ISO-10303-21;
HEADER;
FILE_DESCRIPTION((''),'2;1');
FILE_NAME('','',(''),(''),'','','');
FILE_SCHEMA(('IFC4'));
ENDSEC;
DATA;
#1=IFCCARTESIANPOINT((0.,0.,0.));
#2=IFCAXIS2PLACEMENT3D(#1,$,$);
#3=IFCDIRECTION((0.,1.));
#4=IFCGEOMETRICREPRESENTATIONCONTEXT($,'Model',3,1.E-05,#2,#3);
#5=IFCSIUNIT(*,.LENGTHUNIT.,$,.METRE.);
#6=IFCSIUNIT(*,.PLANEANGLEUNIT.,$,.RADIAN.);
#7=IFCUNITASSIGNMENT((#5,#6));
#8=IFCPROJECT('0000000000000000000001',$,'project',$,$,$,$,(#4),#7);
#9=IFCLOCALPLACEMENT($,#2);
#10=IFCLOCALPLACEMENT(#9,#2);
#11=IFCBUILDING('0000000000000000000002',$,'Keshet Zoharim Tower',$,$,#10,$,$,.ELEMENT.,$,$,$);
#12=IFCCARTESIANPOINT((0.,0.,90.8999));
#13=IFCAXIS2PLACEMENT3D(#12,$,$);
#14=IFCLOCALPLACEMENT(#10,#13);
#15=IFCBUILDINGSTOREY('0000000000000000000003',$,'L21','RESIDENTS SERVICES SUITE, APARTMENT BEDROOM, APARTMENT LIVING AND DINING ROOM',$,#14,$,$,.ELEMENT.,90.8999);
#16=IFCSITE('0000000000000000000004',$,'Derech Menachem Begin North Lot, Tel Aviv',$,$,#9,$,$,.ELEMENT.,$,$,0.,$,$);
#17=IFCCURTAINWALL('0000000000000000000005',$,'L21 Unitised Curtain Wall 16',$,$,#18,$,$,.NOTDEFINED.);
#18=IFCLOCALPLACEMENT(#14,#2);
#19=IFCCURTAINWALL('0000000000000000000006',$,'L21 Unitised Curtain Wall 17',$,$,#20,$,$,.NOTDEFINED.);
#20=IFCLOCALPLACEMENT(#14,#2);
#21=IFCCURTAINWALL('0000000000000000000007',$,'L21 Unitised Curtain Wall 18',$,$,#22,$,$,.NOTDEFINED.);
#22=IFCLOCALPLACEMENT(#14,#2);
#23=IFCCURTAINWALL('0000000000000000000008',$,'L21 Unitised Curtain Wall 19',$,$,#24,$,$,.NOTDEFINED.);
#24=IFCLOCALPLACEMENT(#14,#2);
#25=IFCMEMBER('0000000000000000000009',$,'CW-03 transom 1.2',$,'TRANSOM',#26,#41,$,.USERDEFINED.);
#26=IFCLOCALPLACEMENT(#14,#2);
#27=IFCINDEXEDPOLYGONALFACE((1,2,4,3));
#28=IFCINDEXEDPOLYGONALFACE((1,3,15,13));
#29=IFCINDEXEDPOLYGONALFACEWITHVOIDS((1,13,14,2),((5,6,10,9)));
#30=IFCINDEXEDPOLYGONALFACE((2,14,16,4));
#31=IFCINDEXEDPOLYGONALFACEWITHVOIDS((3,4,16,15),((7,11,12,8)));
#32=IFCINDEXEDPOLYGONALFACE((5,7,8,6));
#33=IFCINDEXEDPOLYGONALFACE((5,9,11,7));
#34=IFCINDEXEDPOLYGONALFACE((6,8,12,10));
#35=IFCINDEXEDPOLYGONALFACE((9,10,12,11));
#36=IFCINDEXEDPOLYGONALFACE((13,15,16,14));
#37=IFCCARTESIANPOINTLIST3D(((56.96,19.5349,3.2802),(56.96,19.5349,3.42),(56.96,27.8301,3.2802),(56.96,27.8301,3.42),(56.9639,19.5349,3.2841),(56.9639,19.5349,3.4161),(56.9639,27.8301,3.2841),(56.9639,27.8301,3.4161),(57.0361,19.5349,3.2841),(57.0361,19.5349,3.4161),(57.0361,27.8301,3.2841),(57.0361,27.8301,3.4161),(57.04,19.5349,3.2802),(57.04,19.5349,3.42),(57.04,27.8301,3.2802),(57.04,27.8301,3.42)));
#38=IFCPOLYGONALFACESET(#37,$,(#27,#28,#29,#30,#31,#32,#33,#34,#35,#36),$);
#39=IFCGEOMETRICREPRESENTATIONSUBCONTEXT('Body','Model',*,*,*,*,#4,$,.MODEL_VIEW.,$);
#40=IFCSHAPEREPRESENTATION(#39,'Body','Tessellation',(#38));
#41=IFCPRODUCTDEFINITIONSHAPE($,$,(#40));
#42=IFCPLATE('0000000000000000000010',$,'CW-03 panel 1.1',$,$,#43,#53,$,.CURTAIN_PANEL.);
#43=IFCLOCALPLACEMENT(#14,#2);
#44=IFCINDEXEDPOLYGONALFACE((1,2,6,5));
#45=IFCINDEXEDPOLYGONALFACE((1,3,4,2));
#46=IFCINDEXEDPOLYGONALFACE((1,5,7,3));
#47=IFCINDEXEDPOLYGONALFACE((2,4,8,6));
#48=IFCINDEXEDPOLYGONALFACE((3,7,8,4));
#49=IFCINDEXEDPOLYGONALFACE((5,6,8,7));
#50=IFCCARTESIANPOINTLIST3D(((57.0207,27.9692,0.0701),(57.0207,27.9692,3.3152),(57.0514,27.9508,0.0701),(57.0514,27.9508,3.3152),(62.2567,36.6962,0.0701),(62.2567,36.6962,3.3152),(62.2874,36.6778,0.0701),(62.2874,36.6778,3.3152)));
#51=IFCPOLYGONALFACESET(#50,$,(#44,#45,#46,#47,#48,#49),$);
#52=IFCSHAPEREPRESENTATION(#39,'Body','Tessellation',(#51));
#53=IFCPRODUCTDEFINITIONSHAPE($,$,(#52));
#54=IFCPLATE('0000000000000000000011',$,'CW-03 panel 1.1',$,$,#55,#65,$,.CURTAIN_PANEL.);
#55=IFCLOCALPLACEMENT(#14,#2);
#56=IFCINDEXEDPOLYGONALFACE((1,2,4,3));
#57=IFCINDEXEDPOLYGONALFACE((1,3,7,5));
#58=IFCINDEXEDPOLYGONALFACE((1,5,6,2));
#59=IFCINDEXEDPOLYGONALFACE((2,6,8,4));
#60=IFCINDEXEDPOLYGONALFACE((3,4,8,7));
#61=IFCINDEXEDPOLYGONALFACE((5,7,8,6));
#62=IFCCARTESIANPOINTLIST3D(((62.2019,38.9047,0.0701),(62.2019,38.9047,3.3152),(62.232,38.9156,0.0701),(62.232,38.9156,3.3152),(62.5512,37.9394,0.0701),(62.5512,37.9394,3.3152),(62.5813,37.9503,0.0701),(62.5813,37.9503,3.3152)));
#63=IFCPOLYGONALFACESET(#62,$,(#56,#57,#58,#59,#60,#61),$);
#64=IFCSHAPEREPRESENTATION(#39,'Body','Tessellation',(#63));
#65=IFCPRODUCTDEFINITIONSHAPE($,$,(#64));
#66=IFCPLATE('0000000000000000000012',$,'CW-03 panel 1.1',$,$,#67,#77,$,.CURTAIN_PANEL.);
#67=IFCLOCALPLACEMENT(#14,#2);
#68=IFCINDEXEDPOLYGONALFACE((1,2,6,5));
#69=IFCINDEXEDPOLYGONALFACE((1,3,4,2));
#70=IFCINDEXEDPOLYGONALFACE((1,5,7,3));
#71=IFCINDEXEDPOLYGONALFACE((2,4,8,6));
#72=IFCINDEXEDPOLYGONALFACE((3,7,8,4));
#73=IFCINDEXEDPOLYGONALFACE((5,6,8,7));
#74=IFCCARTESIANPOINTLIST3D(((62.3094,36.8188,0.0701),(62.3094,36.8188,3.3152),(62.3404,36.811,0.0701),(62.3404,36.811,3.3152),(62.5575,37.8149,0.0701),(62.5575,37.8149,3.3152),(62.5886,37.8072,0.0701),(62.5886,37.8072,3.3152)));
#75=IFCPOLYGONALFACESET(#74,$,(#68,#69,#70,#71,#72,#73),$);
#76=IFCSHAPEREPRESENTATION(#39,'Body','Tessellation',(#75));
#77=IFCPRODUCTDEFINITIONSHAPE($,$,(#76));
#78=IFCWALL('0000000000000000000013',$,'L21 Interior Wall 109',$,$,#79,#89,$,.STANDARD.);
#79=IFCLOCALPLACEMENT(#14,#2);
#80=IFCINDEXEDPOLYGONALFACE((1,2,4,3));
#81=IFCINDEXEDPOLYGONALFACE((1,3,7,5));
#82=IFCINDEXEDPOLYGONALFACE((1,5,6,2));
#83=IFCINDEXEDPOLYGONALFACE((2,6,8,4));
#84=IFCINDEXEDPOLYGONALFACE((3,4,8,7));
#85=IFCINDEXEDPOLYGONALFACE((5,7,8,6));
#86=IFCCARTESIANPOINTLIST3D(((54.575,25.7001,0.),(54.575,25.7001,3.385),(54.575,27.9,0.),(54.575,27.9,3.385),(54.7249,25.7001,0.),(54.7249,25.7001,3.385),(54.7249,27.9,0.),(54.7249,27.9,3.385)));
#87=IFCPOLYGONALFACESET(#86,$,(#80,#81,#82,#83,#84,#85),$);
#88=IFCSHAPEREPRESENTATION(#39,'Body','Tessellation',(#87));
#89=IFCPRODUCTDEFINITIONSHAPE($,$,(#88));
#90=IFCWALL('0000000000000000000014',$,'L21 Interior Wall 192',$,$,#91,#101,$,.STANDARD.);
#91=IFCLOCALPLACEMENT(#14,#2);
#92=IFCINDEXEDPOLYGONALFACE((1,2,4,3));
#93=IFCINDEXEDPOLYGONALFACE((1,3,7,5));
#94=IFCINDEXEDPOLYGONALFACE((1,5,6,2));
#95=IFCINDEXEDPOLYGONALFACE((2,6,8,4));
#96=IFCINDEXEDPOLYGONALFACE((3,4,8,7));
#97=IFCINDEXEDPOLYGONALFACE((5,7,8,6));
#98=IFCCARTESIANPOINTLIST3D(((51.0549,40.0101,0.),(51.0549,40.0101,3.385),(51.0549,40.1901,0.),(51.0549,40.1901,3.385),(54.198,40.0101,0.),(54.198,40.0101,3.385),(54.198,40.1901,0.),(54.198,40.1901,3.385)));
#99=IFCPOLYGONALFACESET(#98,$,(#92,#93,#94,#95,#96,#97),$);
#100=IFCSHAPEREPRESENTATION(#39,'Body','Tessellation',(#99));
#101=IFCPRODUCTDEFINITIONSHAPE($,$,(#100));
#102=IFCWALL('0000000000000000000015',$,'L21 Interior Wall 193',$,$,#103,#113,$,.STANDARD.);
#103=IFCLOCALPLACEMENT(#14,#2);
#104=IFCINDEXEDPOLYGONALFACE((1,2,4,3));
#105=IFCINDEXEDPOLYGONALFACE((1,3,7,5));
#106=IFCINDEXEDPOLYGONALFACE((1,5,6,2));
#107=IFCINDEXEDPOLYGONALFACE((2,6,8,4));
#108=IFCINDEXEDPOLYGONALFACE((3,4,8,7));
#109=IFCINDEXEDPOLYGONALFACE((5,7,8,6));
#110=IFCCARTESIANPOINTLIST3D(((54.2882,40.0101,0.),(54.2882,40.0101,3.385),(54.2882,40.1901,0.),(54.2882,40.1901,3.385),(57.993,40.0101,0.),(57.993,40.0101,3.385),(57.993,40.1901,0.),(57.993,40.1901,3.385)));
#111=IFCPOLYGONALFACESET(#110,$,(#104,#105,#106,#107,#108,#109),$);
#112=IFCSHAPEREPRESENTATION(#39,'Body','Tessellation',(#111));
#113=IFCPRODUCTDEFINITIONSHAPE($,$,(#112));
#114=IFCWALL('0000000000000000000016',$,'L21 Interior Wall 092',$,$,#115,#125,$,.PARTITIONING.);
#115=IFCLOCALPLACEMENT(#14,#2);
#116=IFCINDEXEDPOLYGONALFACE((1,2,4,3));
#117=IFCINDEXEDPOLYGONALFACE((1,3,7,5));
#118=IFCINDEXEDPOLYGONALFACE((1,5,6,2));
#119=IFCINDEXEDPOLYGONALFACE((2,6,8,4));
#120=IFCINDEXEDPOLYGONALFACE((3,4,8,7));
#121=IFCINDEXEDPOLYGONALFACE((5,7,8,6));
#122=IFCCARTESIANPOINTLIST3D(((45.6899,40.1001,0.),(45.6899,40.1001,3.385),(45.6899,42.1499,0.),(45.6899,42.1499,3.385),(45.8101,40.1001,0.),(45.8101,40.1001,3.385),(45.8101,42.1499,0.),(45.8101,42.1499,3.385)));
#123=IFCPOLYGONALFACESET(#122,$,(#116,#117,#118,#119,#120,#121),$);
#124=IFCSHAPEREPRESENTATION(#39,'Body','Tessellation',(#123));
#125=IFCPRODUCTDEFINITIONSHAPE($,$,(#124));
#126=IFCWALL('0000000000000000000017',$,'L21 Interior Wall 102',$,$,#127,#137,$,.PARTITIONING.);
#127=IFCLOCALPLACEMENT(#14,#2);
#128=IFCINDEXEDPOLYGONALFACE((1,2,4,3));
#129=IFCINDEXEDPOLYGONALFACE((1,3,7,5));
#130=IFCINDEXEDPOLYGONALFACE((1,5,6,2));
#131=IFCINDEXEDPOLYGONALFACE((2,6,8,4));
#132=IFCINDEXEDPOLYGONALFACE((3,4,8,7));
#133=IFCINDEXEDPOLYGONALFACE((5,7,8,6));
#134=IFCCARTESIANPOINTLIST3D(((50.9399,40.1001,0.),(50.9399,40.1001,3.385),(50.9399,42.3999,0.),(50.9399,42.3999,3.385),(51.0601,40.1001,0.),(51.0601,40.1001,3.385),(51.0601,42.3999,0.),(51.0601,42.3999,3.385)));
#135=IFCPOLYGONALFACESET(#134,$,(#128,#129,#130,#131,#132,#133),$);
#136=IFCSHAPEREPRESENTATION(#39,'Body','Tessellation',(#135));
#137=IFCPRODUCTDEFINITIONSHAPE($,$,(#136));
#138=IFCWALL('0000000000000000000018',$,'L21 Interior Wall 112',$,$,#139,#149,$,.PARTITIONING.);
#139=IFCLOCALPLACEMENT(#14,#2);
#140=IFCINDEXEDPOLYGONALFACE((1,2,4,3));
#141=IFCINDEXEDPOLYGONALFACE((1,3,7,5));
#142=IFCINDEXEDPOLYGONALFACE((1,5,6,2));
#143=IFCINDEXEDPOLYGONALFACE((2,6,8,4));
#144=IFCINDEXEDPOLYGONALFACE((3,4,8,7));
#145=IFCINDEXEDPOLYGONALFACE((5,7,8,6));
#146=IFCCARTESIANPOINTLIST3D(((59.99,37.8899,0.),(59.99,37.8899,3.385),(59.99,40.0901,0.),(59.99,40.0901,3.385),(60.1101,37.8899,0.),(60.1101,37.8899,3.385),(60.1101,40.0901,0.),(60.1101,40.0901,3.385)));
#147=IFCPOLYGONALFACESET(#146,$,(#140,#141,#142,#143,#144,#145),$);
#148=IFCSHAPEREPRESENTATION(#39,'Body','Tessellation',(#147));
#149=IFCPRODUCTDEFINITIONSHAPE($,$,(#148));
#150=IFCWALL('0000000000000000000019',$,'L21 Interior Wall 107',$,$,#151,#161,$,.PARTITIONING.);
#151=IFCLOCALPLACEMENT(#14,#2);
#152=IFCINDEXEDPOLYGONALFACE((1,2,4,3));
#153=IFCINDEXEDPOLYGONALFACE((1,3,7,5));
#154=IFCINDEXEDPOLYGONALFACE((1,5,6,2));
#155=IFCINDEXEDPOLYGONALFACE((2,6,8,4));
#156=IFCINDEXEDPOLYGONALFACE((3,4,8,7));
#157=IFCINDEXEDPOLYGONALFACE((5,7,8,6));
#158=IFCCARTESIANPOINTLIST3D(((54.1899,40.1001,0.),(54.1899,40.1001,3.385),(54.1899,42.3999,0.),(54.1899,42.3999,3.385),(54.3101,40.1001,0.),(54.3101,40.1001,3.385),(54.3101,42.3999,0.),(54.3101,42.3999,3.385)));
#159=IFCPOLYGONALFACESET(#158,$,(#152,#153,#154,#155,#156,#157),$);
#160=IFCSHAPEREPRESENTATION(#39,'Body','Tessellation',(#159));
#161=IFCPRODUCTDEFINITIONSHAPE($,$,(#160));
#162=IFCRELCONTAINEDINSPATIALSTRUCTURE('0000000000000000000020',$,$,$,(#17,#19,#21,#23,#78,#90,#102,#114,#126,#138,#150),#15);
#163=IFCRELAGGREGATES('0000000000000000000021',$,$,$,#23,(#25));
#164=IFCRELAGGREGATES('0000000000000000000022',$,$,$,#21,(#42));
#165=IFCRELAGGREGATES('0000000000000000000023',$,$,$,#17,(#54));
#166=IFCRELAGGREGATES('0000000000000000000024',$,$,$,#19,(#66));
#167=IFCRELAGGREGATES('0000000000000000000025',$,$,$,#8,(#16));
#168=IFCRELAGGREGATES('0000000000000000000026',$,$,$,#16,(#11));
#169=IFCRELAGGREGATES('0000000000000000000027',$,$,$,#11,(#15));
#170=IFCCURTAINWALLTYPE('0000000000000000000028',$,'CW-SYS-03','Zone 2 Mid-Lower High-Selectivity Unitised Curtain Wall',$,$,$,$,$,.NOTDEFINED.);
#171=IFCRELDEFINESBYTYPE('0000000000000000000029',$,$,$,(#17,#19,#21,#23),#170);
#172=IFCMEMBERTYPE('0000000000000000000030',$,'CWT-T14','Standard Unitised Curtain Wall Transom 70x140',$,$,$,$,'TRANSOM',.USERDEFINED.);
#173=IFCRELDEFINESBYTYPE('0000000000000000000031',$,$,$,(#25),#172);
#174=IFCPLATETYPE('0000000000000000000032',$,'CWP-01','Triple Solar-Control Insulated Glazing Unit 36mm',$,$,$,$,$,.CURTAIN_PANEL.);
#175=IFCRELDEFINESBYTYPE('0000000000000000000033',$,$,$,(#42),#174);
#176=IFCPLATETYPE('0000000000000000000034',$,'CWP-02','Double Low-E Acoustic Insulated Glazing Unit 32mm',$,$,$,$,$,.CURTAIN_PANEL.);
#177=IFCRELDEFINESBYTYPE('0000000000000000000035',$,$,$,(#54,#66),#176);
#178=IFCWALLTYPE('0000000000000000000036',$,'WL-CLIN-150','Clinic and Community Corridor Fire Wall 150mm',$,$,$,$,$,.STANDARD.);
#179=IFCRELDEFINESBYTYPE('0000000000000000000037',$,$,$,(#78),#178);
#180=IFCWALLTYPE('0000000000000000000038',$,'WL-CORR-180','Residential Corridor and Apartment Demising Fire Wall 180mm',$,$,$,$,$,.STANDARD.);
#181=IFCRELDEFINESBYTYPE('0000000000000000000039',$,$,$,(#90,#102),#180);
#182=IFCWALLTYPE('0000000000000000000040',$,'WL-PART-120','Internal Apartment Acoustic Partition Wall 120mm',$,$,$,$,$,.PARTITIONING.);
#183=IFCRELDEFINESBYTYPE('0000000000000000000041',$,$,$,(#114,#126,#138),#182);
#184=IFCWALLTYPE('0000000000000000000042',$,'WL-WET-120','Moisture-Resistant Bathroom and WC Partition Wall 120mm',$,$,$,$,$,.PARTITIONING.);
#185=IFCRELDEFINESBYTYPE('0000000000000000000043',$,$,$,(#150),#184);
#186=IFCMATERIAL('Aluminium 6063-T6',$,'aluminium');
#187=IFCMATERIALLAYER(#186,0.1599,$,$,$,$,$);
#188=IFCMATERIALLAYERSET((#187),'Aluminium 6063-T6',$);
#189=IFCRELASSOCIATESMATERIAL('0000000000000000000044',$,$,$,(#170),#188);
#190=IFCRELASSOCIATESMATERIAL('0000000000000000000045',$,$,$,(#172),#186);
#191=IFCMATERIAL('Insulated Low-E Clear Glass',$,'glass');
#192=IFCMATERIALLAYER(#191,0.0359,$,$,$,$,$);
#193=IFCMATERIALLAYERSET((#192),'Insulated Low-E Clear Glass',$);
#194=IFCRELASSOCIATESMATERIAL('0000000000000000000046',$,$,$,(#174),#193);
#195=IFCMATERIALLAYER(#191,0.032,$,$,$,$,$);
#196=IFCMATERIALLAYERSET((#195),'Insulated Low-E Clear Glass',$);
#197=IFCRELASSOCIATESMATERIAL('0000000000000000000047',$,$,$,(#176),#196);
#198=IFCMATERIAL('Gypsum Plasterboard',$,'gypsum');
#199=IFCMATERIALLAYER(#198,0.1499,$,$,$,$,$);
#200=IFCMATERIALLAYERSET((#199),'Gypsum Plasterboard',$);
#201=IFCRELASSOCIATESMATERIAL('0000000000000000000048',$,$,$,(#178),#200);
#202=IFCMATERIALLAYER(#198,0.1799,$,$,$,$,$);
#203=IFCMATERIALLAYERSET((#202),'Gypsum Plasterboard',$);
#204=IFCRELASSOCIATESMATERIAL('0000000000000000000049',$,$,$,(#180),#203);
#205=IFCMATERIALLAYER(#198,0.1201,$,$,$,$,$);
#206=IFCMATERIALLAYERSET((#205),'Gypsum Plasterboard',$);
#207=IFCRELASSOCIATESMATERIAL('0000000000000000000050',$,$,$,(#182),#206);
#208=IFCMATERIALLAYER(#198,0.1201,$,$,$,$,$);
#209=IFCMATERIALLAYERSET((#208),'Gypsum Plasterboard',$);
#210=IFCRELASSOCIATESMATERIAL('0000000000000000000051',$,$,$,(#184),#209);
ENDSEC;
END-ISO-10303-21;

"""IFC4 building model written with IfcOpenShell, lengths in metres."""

from ifc_helpers import new_model, si_unit, direction, frame, frame_2d, origin, origin_2d, place, context, subcontext, project, spatial, rectangle, hollow_rectangle, extrude, material, layer, layer_set, material_profile, profile_set, type_object, element, aggregate, save


model = new_model("IFC4")

# Units and contexts
model_context = context("Model", 3, precision=1e-05, world=origin(), true_north=direction((0.0, 1.0)))
body_context = subcontext(model_context, "Body", "Model", "MODEL_VIEW")
ifc_project = project(units=[si_unit("LENGTHUNIT", "METRE"), si_unit("PLANEANGLEUNIT", "RADIAN")], contexts=[model_context])

# Site, building, storey
site_placement = place(None, origin())
site = spatial("IfcSite", under=ifc_project, at=site_placement, Name="Derech Menachem Begin North Lot, Tel Aviv", CompositionType="ELEMENT", RefElevation=0.0)
building_placement = place(site_placement, origin())
building = spatial("IfcBuilding", under=site, at=building_placement, Name="Keshet Zoharim Tower", CompositionType="ELEMENT")
storey_placement = place(building_placement, frame((0.0, 0.0, 90.8999)))
storey = spatial("IfcBuildingStorey", under=building, at=storey_placement, Name="L21", Description="RESIDENTS SERVICES SUITE, APARTMENT BEDROOM, APARTMENT LIVING AND DINING ROOM", CompositionType="ELEMENT", Elevation=90.8999)

# Shared definitions
ifc_material_1 = material(Name="Aluminium 6063-T6", Category="aluminium")
ifc_layer_1 = layer(ifc_material_1, 0.1599)
ifc_layer_set_1 = layer_set([ifc_layer_1], Name="Aluminium 6063-T6")
curtain_wall_type = type_object("IfcCurtainWallType", Name="CW-SYS-03", Description="Zone 2 Mid-Lower High-Selectivity Unitised Curtain Wall", PredefinedType="NOTDEFINED", material=ifc_layer_set_1)

# Curtain walls
curtain_wall_1_placement = place(storey_placement, origin())
curtain_wall_1 = element("IfcCurtainWall", 1, at=curtain_wall_1_placement, inside=storey, type_object=curtain_wall_type, Name="L21 Unitised Curtain Wall 16", PredefinedType="NOTDEFINED")
curtain_wall_2_placement = place(storey_placement, origin())
curtain_wall_2 = element("IfcCurtainWall", 2, at=curtain_wall_2_placement, inside=storey, type_object=curtain_wall_type, Name="L21 Unitised Curtain Wall 17", PredefinedType="NOTDEFINED")
curtain_wall_3_placement = place(storey_placement, origin())
curtain_wall_3 = element("IfcCurtainWall", 3, at=curtain_wall_3_placement, inside=storey, type_object=curtain_wall_type, Name="L21 Unitised Curtain Wall 18", PredefinedType="NOTDEFINED")

# Curtain wall
curtain_wall_4_placement = place(storey_placement, origin())
curtain_wall_4 = element("IfcCurtainWall", 4, at=curtain_wall_4_placement, inside=storey, type_object=curtain_wall_type, Name="L21 Unitised Curtain Wall 19", PredefinedType="NOTDEFINED")

# Member
ifc_material_profile_1 = material_profile(ifc_material_1, hollow_rectangle(XDim=0.0801, YDim=0.1399, WallThickness=0.0039, at=origin_2d()), Name="TRN-80x140")
ifc_profile_set_1 = profile_set([ifc_material_profile_1], Name="Aluminium 6063-T6")
member_type_1 = type_object("IfcMemberType", Name="CWT-T14", Description="Standard Unitised Curtain Wall Transom 70x140", ElementType="TRANSOM", PredefinedType="USERDEFINED", material=ifc_profile_set_1)
member_1_placement = place(storey_placement, frame((57.0, 27.8301, 3.3501), z_axis=(0.0, -1.0, 0.0), x_axis=(1.0, 0.0, 0.0)))
member_1 = element("IfcMember", 5, at=member_1_placement, type_object=member_type_1, Name="CW-03 transom 1.2", ObjectType="TRANSOM", PredefinedType="USERDEFINED", context=body_context, shape_type="SweptSolid", body=[
    extrude(hollow_rectangle(XDim=0.0801, YDim=0.1399, WallThickness=0.0039, at=origin_2d()), origin(), (0.0, 0.0, 1.0), 8.2952),
])
aggregate(curtain_wall_4, [member_1])

# Plates
ifc_material_2 = material(Name="Insulated Low-E Clear Glass", Category="glass")
ifc_layer_2 = layer(ifc_material_2, 0.0359)
ifc_layer_set_2 = layer_set([ifc_layer_2], Name="Insulated Low-E Clear Glass")
plate_type_1 = type_object("IfcPlateType", Name="CWP-01", Description="Triple Solar-Control Insulated Glazing Unit 36mm", PredefinedType="CURTAIN_PANEL", material=ifc_layer_set_2)
plate_1_placement = place(storey_placement, frame((59.6541, 32.3235, 0.0701), z_axis=(0.0, 0.0, 1.0), x_axis=(-0.514482, -0.857501, 0.0)))
plate_1 = element("IfcPlate", 6, at=plate_1_placement, type_object=plate_type_1, Name="CW-03 panel 1.1", PredefinedType="CURTAIN_PANEL", context=body_context, shape_type="SweptSolid", body=[
    extrude(rectangle(XDim=10.1772, YDim=0.0359, at=origin_2d()), origin(), (0.0, 0.0, 1.0), 3.2451),
])
aggregate(curtain_wall_3, [plate_1])
ifc_layer_3 = layer(ifc_material_2, 0.032)
ifc_layer_set_3 = layer_set([ifc_layer_3], Name="Insulated Low-E Clear Glass")
plate_type_2 = type_object("IfcPlateType", Name="CWP-02", Description="Double Low-E Acoustic Insulated Glazing Unit 32mm", PredefinedType="CURTAIN_PANEL", material=ifc_layer_set_3)
plate_2_placement = place(storey_placement, frame((62.3916, 38.4275, 0.0701), z_axis=(0.0, 0.0, 1.0), x_axis=(0.340297, -0.940318, 0.0)))
plate_2 = element("IfcPlate", 7, at=plate_2_placement, type_object=plate_type_2, Name="CW-03 panel 1.1", PredefinedType="CURTAIN_PANEL", context=body_context, shape_type="SweptSolid", body=[
    extrude(rectangle(XDim=1.0266, YDim=0.032, at=origin_2d()), origin(), (0.0, 0.0, 1.0), 3.2451),
])
aggregate(curtain_wall_1, [plate_2])
plate_3_placement = place(storey_placement, frame((62.449, 37.313, 0.0701), z_axis=(0.0, 0.0, 1.0), x_axis=(-0.241729, -0.970344, 0.0)))
plate_3 = element("IfcPlate", 8, at=plate_3_placement, type_object=plate_type_2, Name="CW-03 panel 1.1", PredefinedType="CURTAIN_PANEL", context=body_context, shape_type="SweptSolid", body=[
    extrude(rectangle(XDim=1.0266, YDim=0.032, at=origin_2d()), origin(), (0.0, 0.0, 1.0), 3.2451),
])
aggregate(curtain_wall_2, [plate_3])

# Walls
ifc_material_3 = material(Name="Gypsum Plasterboard", Category="gypsum")
ifc_layer_4 = layer(ifc_material_3, 0.1499)
ifc_layer_set_4 = layer_set([ifc_layer_4], Name="Gypsum Plasterboard")
wall_type_1 = type_object("IfcWallType", Name="WL-CLIN-150", Description="Clinic and Community Corridor Fire Wall 150mm", PredefinedType="STANDARD", material=ifc_layer_set_4)
wall_1_placement = place(storey_placement, frame((54.6499, 25.7, 0.0), z_axis=(0.0, 0.0, 1.0), x_axis=(0.0, 1.0, 0.0)))
element("IfcWall", 9, at=wall_1_placement, inside=storey, type_object=wall_type_1, Name="L21 Interior Wall 109", PredefinedType="STANDARD", context=body_context, shape_type="SweptSolid", body=[
    extrude(rectangle(XDim=2.2, YDim=0.1499, at=frame_2d((1.1001, 0.0))), origin(), (0.0, 0.0, 1.0), 3.385),
])
ifc_layer_5 = layer(ifc_material_3, 0.1799)
ifc_layer_set_5 = layer_set([ifc_layer_5], Name="Gypsum Plasterboard")
wall_type_2 = type_object("IfcWallType", Name="WL-CORR-180", Description="Residential Corridor and Apartment Demising Fire Wall 180mm", PredefinedType="STANDARD", material=ifc_layer_set_5)
wall_2_placement = place(storey_placement, frame((51.0549, 40.1001, 0.0), z_axis=(0.0, 0.0, 1.0), x_axis=(1.0, 0.0, 0.0)))
element("IfcWall", 10, at=wall_2_placement, inside=storey, type_object=wall_type_2, Name="L21 Interior Wall 192", PredefinedType="STANDARD", context=body_context, shape_type="SweptSolid", body=[
    extrude(rectangle(XDim=3.1431, YDim=0.1799, at=frame_2d((1.5715, 0.0))), origin(), (0.0, 0.0, 1.0), 3.385),
])
wall_3_placement = place(storey_placement, frame((54.2881, 40.1001, 0.0), z_axis=(0.0, 0.0, 1.0), x_axis=(1.0, 0.0, 0.0)))
element("IfcWall", 11, at=wall_3_placement, inside=storey, type_object=wall_type_2, Name="L21 Interior Wall 193", PredefinedType="STANDARD", context=body_context, shape_type="SweptSolid", body=[
    extrude(rectangle(XDim=3.7048, YDim=0.1799, at=frame_2d((1.8525, 0.0))), origin(), (0.0, 0.0, 1.0), 3.385),
])
ifc_layer_6 = layer(ifc_material_3, 0.1201)
ifc_layer_set_6 = layer_set([ifc_layer_6], Name="Gypsum Plasterboard")
wall_type_3 = type_object("IfcWallType", Name="WL-PART-120", Description="Internal Apartment Acoustic Partition Wall 120mm", PredefinedType="PARTITIONING", material=ifc_layer_set_6)
wall_4_placement = place(storey_placement, frame((45.75, 40.1001, 0.0), z_axis=(0.0, 0.0, 1.0), x_axis=(0.0, 1.0, 0.0)))
element("IfcWall", 12, at=wall_4_placement, inside=storey, type_object=wall_type_3, Name="L21 Interior Wall 092", PredefinedType="PARTITIONING", context=body_context, shape_type="SweptSolid", body=[
    extrude(rectangle(XDim=2.0498, YDim=0.1201, at=frame_2d((1.0249, 0.0))), origin(), (0.0, 0.0, 1.0), 3.385),
])
wall_5_placement = place(storey_placement, frame((51.0, 40.1001, 0.0), z_axis=(0.0, 0.0, 1.0), x_axis=(0.0, 1.0, 0.0)))
element("IfcWall", 13, at=wall_5_placement, inside=storey, type_object=wall_type_3, Name="L21 Interior Wall 102", PredefinedType="PARTITIONING", context=body_context, shape_type="SweptSolid", body=[
    extrude(rectangle(XDim=2.2998, YDim=0.1201, at=frame_2d((1.1499, 0.0))), origin(), (0.0, 0.0, 1.0), 3.385),
])
wall_6_placement = place(storey_placement, frame((60.05, 37.8899, 0.0), z_axis=(0.0, 0.0, 1.0), x_axis=(0.0, 1.0, 0.0)))
element("IfcWall", 14, at=wall_6_placement, inside=storey, type_object=wall_type_3, Name="L21 Interior Wall 112", PredefinedType="PARTITIONING", context=body_context, shape_type="SweptSolid", body=[
    extrude(rectangle(XDim=2.2002, YDim=0.1201, at=frame_2d((1.1001, 0.0))), origin(), (0.0, 0.0, 1.0), 3.385),
])
ifc_layer_7 = layer(ifc_material_3, 0.1201)
ifc_layer_set_7 = layer_set([ifc_layer_7], Name="Gypsum Plasterboard")
wall_type_4 = type_object("IfcWallType", Name="WL-WET-120", Description="Moisture-Resistant Bathroom and WC Partition Wall 120mm", PredefinedType="PARTITIONING", material=ifc_layer_set_7)
wall_7_placement = place(storey_placement, frame((54.25, 40.1001, 0.0), z_axis=(0.0, 0.0, 1.0), x_axis=(0.0, 1.0, 0.0)))
element("IfcWall", 15, at=wall_7_placement, inside=storey, type_object=wall_type_4, Name="L21 Interior Wall 107", PredefinedType="PARTITIONING", context=body_context, shape_type="SweptSolid", body=[
    extrude(rectangle(XDim=2.2998, YDim=0.1201, at=frame_2d((1.1499, 0.0))), origin(), (0.0, 0.0, 1.0), 3.385),
])

save(model, "model.ifc")
